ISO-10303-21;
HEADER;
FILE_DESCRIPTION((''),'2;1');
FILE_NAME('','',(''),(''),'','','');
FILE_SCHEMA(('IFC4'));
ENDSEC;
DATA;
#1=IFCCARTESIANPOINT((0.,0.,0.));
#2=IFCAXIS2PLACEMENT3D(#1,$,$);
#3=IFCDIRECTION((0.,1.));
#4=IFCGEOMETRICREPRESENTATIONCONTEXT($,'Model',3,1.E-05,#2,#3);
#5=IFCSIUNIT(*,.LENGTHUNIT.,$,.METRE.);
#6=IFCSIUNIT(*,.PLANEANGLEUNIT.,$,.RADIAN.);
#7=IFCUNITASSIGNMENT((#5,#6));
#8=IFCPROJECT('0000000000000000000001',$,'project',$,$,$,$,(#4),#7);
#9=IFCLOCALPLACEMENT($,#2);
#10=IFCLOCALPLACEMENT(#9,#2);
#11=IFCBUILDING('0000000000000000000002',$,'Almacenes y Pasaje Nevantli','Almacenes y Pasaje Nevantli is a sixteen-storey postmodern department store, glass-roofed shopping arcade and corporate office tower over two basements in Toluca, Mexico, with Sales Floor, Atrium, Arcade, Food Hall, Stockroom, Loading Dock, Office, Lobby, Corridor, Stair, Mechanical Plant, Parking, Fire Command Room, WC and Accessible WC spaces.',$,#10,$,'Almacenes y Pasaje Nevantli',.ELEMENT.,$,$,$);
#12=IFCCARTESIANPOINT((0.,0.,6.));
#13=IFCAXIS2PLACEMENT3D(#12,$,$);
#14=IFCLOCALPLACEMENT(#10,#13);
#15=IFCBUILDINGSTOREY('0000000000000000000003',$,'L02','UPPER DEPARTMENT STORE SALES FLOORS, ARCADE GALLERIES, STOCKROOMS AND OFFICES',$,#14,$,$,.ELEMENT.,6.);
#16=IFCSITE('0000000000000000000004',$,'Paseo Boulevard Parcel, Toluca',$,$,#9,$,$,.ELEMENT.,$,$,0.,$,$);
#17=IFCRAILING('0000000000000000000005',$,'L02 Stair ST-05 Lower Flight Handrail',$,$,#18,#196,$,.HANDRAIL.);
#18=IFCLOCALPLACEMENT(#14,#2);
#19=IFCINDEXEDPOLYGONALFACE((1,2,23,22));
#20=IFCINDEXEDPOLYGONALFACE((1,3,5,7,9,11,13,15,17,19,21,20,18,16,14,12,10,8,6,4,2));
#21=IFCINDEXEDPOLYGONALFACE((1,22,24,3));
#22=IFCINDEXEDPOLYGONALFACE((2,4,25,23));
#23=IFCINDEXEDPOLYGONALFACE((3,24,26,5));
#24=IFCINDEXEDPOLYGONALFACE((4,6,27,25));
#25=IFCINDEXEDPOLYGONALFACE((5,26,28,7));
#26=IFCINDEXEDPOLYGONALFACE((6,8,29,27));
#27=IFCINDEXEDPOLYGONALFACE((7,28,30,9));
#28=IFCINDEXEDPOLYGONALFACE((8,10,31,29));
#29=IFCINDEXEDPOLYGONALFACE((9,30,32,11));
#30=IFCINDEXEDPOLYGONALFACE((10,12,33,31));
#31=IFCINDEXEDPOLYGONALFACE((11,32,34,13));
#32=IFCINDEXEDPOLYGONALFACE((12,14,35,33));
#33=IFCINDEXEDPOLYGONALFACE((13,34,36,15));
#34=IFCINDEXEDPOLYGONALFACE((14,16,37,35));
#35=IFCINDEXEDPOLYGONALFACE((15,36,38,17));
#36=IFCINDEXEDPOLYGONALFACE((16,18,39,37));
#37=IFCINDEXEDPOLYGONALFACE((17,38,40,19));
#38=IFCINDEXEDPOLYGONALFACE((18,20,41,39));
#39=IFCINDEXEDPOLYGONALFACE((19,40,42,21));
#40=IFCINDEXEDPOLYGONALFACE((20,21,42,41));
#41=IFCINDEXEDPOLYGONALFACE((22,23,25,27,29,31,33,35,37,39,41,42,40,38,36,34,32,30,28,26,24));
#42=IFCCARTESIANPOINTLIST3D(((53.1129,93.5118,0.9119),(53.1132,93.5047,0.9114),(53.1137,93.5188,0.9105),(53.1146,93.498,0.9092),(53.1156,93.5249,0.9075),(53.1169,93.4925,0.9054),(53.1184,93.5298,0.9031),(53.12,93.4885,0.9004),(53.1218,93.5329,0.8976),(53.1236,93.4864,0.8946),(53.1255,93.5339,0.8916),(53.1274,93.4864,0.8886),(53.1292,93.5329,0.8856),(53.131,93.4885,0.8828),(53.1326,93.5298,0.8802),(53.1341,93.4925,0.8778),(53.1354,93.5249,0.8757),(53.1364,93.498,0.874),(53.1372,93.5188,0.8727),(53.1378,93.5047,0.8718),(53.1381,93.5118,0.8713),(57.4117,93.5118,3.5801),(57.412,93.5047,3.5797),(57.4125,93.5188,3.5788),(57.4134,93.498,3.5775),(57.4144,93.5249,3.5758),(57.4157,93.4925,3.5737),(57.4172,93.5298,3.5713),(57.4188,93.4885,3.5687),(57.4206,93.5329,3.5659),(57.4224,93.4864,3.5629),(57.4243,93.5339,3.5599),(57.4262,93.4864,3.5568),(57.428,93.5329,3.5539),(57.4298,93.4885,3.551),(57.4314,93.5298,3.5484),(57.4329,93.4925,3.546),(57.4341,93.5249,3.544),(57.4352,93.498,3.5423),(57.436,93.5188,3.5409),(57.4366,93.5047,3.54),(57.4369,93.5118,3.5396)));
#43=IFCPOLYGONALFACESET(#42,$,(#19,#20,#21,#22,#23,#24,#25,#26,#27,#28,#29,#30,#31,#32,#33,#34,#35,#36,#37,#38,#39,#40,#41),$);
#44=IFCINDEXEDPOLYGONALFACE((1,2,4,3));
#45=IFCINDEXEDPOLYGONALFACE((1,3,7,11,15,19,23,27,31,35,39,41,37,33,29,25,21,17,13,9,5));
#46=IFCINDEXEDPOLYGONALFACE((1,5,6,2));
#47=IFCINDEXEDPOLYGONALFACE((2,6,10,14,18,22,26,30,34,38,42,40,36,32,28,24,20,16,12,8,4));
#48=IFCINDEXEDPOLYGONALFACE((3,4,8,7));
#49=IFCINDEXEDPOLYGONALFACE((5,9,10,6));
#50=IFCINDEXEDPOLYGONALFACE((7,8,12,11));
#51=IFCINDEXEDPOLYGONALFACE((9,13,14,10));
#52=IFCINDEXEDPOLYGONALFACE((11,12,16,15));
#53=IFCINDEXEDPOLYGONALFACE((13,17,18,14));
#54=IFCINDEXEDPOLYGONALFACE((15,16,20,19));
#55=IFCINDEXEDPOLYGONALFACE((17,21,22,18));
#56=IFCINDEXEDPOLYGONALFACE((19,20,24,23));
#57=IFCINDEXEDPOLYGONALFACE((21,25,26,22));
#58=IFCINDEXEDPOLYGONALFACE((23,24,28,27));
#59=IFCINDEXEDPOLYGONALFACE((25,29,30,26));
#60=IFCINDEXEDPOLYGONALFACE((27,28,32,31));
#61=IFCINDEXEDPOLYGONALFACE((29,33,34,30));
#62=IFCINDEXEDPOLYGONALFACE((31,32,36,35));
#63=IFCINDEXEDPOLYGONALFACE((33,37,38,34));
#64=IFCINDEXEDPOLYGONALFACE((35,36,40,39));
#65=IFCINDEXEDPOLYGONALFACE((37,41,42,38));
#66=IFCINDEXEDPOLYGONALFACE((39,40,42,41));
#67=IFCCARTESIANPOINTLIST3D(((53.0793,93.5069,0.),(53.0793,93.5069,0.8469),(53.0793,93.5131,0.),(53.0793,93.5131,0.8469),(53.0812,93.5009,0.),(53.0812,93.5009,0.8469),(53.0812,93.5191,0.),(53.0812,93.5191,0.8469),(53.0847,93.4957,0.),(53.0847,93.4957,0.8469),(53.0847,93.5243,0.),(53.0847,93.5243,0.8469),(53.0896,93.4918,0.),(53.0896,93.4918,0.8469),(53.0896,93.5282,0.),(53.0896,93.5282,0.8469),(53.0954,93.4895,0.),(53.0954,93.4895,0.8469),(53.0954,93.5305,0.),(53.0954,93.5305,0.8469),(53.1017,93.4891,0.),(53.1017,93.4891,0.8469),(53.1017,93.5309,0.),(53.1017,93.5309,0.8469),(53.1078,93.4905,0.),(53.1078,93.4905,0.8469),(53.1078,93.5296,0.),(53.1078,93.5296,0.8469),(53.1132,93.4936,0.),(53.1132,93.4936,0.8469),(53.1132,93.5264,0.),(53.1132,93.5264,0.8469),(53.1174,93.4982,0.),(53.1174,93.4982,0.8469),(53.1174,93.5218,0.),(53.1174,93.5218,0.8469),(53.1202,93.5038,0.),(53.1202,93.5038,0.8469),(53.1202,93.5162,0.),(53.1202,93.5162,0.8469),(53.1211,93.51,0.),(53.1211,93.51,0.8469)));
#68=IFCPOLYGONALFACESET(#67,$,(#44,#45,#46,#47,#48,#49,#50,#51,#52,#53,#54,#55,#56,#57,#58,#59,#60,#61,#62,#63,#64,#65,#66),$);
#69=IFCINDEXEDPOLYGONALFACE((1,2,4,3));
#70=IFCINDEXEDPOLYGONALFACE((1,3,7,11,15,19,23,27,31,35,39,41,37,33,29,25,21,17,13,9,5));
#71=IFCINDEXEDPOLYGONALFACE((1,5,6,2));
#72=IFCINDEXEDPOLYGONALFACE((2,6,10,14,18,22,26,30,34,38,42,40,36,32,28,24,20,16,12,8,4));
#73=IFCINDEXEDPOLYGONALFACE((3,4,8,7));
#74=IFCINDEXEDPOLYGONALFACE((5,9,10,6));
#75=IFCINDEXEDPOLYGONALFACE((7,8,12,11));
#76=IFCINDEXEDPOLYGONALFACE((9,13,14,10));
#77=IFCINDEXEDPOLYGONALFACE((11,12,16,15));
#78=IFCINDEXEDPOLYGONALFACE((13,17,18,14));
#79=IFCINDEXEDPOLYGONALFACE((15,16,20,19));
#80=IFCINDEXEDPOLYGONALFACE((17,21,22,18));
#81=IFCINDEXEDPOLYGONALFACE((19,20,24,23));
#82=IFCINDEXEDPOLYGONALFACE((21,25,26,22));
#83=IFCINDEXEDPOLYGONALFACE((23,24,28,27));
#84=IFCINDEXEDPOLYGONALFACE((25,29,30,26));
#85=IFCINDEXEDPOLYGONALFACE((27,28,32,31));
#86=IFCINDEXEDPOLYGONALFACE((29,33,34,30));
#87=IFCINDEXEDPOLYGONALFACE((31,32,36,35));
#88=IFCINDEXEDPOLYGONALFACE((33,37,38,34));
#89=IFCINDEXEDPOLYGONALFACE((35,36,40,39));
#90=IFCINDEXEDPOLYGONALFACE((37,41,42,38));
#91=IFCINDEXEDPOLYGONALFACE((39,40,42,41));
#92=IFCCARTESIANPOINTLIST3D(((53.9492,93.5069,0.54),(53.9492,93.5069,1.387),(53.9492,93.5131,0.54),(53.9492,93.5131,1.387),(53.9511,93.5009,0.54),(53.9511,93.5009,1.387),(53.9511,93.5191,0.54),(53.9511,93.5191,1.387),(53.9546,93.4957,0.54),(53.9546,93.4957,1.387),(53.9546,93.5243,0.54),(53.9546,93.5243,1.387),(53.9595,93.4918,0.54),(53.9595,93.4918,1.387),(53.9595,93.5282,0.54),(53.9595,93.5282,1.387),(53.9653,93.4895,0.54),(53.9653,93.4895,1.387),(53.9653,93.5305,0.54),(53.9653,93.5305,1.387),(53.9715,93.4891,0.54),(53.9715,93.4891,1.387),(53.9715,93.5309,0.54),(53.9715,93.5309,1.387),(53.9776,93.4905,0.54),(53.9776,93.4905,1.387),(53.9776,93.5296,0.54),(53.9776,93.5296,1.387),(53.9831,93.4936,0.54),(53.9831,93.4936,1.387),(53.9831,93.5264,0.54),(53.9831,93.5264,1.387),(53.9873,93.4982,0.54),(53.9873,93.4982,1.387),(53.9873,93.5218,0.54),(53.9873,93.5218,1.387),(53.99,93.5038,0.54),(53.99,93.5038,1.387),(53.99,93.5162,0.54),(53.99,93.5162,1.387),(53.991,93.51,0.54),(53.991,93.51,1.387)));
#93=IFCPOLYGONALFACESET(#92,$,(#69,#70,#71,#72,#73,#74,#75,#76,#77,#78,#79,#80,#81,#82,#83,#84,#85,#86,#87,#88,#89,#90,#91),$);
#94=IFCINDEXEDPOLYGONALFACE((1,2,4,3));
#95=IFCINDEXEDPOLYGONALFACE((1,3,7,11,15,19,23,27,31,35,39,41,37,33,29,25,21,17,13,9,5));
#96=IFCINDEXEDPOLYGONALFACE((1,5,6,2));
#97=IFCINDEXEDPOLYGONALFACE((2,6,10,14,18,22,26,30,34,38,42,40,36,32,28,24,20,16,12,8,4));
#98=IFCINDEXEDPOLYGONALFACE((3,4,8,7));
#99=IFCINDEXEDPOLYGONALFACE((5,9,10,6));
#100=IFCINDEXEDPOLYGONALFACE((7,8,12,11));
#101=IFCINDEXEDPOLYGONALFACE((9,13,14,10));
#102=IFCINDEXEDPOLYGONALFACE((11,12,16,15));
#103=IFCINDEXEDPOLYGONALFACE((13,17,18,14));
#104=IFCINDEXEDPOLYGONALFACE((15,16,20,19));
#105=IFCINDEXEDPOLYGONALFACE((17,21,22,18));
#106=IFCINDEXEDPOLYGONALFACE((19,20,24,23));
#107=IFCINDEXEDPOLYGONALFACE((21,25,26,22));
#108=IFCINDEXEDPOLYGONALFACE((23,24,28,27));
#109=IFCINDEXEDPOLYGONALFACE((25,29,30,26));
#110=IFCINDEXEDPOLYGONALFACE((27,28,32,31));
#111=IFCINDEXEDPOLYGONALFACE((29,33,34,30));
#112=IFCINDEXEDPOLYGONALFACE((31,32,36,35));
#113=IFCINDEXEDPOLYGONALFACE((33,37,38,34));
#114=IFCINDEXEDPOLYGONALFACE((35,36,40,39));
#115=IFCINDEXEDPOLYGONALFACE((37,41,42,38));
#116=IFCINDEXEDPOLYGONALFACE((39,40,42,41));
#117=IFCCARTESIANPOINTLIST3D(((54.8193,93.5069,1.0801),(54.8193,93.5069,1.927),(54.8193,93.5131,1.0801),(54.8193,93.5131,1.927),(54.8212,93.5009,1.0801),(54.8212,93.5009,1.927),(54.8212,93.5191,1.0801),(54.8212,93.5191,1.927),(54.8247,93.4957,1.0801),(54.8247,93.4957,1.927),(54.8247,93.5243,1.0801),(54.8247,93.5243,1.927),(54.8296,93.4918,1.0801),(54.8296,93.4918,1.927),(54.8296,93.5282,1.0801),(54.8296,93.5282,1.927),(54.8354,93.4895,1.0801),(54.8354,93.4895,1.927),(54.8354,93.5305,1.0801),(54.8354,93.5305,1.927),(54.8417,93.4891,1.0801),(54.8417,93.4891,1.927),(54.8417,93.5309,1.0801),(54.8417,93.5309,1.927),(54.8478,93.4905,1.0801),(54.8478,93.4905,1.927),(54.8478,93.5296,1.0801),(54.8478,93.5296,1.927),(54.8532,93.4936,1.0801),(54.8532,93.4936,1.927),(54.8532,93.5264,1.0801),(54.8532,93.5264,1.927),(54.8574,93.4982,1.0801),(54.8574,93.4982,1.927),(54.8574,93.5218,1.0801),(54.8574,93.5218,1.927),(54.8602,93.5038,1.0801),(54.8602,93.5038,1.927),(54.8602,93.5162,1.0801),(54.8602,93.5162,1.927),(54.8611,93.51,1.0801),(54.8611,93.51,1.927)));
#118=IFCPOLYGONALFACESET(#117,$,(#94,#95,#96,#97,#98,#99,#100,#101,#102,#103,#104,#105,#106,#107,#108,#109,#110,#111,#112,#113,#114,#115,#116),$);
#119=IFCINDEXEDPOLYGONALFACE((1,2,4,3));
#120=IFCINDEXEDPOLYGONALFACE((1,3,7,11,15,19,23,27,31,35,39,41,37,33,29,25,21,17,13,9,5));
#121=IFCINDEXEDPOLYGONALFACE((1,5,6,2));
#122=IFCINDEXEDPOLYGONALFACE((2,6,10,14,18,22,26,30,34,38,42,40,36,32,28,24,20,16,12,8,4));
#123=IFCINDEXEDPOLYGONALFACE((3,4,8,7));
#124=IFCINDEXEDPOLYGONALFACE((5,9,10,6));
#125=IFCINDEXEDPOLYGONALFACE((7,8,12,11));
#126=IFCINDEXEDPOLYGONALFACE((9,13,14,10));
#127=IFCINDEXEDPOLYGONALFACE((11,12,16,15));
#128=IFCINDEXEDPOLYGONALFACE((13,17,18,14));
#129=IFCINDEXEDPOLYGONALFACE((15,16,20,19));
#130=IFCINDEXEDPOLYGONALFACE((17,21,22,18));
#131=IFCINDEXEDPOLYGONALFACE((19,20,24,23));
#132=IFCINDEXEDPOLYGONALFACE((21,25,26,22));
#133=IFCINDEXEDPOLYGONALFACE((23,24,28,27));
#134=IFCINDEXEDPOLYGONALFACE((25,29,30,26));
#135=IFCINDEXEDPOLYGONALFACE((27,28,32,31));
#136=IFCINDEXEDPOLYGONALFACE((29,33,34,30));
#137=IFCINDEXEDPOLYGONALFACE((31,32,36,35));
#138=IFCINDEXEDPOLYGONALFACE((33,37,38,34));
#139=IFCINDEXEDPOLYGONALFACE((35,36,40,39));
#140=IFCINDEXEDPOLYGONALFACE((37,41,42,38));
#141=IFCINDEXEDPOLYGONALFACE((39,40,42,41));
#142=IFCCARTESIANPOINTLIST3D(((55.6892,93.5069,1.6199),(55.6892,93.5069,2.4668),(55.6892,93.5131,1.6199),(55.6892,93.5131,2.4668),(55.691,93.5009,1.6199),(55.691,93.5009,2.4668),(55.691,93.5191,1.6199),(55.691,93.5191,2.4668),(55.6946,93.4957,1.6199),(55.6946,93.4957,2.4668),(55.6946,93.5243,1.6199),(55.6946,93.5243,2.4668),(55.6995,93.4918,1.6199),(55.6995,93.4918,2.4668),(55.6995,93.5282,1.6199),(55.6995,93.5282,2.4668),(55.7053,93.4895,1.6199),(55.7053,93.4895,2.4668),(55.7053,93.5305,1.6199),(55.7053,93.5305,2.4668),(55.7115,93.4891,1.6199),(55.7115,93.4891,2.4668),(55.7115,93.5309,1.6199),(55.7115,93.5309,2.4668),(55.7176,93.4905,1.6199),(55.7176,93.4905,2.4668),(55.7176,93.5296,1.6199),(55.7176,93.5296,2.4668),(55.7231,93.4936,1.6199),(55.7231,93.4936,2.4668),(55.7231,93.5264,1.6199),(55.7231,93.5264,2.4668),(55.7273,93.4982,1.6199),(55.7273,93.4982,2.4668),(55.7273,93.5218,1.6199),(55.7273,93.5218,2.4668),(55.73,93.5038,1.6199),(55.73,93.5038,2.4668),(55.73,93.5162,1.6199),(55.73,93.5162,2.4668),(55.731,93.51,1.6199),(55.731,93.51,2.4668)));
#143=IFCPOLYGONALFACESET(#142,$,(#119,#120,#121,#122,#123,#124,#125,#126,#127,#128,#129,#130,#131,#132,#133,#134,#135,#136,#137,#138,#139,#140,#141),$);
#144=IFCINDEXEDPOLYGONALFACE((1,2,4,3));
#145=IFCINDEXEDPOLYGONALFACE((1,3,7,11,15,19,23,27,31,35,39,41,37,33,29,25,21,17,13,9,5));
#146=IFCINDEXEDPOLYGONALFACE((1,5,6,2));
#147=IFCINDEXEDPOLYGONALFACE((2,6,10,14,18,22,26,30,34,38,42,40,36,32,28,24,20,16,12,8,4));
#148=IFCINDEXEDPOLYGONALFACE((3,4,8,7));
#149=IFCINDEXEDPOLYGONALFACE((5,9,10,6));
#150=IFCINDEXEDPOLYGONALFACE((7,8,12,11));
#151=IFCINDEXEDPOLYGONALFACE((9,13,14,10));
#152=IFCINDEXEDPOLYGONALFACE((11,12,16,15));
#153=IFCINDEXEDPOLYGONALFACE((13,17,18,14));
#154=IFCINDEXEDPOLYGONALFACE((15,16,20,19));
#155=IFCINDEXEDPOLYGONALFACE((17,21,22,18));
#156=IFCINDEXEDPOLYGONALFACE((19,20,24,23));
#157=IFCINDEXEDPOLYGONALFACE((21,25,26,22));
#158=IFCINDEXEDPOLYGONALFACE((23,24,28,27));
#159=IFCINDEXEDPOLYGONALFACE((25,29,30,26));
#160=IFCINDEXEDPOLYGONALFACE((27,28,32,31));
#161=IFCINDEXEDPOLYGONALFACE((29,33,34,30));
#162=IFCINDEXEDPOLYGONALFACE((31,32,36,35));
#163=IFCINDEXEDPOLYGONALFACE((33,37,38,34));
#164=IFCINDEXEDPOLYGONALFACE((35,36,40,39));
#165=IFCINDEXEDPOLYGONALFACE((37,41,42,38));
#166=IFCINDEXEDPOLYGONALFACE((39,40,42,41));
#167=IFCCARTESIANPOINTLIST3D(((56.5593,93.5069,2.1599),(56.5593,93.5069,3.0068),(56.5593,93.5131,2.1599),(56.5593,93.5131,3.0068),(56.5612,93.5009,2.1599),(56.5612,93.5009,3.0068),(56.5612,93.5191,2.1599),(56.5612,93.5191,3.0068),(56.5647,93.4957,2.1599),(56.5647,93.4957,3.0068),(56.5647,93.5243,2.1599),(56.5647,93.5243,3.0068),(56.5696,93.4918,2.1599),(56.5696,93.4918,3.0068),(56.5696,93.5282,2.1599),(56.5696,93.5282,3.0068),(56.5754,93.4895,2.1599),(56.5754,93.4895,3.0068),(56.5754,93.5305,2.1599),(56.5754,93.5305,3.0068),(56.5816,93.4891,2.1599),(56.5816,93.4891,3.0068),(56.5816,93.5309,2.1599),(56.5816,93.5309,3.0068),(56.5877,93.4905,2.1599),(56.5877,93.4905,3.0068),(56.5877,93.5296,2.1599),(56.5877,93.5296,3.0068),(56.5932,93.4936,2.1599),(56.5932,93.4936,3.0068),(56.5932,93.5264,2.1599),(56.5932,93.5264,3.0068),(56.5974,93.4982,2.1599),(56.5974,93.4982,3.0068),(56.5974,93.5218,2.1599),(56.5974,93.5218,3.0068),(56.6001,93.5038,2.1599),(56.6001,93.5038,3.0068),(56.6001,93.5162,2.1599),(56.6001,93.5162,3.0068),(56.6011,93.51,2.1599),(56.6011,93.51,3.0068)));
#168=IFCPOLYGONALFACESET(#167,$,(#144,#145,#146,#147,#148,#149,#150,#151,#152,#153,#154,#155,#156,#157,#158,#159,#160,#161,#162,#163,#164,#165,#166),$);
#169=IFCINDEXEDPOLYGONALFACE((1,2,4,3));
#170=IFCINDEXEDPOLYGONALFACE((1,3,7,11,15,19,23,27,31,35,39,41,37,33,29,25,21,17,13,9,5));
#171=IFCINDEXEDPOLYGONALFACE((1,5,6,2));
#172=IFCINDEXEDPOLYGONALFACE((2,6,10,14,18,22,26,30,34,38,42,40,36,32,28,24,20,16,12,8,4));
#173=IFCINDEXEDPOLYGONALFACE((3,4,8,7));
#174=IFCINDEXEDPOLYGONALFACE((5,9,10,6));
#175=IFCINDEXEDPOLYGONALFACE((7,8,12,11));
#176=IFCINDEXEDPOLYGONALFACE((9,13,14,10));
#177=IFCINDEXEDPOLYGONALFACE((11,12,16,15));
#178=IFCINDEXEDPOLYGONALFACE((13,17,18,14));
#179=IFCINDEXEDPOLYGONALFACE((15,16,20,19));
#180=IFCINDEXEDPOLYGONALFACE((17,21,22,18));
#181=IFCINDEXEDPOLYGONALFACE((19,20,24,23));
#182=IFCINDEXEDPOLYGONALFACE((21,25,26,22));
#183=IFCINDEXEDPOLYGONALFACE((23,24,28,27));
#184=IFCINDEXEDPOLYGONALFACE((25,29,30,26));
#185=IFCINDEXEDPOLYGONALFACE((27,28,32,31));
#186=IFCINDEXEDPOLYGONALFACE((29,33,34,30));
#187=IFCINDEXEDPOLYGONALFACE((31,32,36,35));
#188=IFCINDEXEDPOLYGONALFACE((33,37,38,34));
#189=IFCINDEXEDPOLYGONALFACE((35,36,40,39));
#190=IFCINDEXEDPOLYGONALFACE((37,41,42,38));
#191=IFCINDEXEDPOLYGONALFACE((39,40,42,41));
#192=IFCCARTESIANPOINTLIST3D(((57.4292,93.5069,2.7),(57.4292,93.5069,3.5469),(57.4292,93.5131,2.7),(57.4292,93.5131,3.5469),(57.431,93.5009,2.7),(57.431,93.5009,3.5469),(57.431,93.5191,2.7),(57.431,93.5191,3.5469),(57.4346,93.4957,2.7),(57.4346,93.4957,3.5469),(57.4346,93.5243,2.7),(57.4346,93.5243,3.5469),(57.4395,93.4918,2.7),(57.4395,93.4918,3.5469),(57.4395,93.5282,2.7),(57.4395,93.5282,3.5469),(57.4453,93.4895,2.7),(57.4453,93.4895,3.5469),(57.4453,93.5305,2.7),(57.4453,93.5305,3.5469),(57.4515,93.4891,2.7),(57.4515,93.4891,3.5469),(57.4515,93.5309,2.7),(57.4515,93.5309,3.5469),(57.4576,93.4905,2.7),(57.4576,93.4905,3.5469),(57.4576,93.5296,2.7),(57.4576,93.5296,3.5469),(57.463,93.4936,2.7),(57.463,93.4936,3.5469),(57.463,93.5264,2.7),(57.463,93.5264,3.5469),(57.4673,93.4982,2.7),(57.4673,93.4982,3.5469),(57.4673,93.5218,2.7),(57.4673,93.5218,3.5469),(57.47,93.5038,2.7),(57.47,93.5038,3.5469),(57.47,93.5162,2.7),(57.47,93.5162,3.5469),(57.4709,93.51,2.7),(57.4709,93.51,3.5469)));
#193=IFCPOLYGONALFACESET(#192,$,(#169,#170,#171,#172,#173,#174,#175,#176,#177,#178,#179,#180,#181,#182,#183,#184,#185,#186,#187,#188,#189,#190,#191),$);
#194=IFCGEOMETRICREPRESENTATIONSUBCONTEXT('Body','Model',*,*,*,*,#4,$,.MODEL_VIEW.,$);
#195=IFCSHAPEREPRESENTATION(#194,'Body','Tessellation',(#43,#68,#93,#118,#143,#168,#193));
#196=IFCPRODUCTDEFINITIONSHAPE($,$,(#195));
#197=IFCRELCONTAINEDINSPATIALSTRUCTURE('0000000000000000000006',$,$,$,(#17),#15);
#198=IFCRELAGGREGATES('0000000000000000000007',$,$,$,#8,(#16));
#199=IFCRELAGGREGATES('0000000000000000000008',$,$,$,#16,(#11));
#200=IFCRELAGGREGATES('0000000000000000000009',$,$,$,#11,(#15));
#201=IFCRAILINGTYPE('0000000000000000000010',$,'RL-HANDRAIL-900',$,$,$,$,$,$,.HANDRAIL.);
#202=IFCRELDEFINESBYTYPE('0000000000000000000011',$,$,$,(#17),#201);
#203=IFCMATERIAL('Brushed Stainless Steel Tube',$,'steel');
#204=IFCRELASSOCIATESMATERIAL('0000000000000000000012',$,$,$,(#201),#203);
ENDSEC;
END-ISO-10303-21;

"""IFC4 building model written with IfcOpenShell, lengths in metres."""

from ifc_helpers import new_model, si_unit, direction, frame, origin, origin_2d, place, context, subcontext, project, spatial, circle, extrude, material, type_object, element, save


model = new_model("IFC4")

# Units and contexts
model_context = context("Model", 3, precision=1e-05, world=origin(), true_north=direction((0.0, 1.0)))
body_context = subcontext(model_context, "Body", "Model", "MODEL_VIEW")
ifc_project = project(units=[si_unit("LENGTHUNIT", "METRE"), si_unit("PLANEANGLEUNIT", "RADIAN")], contexts=[model_context])

# Site, building, storey
site_placement = place(None, origin())
site = spatial("IfcSite", under=ifc_project, at=site_placement, Name="Paseo Boulevard Parcel, Toluca", CompositionType="ELEMENT", RefElevation=0.0)
building_placement = place(site_placement, origin())
building = spatial("IfcBuilding", under=site, at=building_placement, Name="Almacenes y Pasaje Nevantli", Description="Almacenes y Pasaje Nevantli is a sixteen-storey postmodern department store, glass-roofed shopping arcade and corporate office tower over two basements in Toluca, Mexico, with Sales Floor, Atrium, Arcade, Food Hall, Stockroom, Loading Dock, Office, Lobby, Corridor, Stair, Mechanical Plant, Parking, Fire Command Room, WC and Accessible WC spaces.", LongName="Almacenes y Pasaje Nevantli", CompositionType="ELEMENT")
storey_placement = place(building_placement, frame((0.0, 0.0, 6.0)))
storey = spatial("IfcBuildingStorey", under=building, at=storey_placement, Name="L02", Description="UPPER DEPARTMENT STORE SALES FLOORS, ARCADE GALLERIES, STOCKROOMS AND OFFICES", CompositionType="ELEMENT", Elevation=6.0)

# Railing
ifc_material_1 = material(Name="Brushed Stainless Steel Tube", Category="steel")
railing_type_1 = type_object("IfcRailingType", Name="RL-HANDRAIL-900", PredefinedType="HANDRAIL", material=ifc_material_1)
railing_1_placement = place(storey_placement, frame((53.1001, 93.51, 0.0)))
element("IfcRailing", 1, at=railing_1_placement, inside=storey, type_object=railing_type_1, Name="L02 Stair ST-05 Lower Flight Handrail", PredefinedType="HANDRAIL", context=body_context, shape_type="SweptSolid", body=[
    extrude(circle(Radius=0.0239, at=origin_2d()), frame((0.0254, 0.0, 0.8916), z_axis=(0.849636, 0.0, 0.527369), x_axis=(0.0, 1.0, 0.0)), (0.0, 0.0, 1.0), 5.0596),
    extrude(circle(Radius=0.021, at=origin_2d()), origin(), (0.0, 0.0, 1.0), 0.8469),
    extrude(circle(Radius=0.021, at=origin_2d()), frame((0.8699, 0.0, 0.54)), (0.0, 0.0, 1.0), 0.8469),
    extrude(circle(Radius=0.021, at=origin_2d()), frame((1.74, 0.0, 1.0801)), (0.0, 0.0, 1.0), 0.8469),
    extrude(circle(Radius=0.021, at=origin_2d()), frame((2.6099, 0.0, 1.6199)), (0.0, 0.0, 1.0), 0.8469),
    extrude(circle(Radius=0.021, at=origin_2d()), frame((3.48, 0.0, 2.1599)), (0.0, 0.0, 1.0), 0.8469),
    extrude(circle(Radius=0.021, at=origin_2d()), frame((4.3499, 0.0, 2.7)), (0.0, 0.0, 1.0), 0.8469),
])

save(model, "model.ifc")
